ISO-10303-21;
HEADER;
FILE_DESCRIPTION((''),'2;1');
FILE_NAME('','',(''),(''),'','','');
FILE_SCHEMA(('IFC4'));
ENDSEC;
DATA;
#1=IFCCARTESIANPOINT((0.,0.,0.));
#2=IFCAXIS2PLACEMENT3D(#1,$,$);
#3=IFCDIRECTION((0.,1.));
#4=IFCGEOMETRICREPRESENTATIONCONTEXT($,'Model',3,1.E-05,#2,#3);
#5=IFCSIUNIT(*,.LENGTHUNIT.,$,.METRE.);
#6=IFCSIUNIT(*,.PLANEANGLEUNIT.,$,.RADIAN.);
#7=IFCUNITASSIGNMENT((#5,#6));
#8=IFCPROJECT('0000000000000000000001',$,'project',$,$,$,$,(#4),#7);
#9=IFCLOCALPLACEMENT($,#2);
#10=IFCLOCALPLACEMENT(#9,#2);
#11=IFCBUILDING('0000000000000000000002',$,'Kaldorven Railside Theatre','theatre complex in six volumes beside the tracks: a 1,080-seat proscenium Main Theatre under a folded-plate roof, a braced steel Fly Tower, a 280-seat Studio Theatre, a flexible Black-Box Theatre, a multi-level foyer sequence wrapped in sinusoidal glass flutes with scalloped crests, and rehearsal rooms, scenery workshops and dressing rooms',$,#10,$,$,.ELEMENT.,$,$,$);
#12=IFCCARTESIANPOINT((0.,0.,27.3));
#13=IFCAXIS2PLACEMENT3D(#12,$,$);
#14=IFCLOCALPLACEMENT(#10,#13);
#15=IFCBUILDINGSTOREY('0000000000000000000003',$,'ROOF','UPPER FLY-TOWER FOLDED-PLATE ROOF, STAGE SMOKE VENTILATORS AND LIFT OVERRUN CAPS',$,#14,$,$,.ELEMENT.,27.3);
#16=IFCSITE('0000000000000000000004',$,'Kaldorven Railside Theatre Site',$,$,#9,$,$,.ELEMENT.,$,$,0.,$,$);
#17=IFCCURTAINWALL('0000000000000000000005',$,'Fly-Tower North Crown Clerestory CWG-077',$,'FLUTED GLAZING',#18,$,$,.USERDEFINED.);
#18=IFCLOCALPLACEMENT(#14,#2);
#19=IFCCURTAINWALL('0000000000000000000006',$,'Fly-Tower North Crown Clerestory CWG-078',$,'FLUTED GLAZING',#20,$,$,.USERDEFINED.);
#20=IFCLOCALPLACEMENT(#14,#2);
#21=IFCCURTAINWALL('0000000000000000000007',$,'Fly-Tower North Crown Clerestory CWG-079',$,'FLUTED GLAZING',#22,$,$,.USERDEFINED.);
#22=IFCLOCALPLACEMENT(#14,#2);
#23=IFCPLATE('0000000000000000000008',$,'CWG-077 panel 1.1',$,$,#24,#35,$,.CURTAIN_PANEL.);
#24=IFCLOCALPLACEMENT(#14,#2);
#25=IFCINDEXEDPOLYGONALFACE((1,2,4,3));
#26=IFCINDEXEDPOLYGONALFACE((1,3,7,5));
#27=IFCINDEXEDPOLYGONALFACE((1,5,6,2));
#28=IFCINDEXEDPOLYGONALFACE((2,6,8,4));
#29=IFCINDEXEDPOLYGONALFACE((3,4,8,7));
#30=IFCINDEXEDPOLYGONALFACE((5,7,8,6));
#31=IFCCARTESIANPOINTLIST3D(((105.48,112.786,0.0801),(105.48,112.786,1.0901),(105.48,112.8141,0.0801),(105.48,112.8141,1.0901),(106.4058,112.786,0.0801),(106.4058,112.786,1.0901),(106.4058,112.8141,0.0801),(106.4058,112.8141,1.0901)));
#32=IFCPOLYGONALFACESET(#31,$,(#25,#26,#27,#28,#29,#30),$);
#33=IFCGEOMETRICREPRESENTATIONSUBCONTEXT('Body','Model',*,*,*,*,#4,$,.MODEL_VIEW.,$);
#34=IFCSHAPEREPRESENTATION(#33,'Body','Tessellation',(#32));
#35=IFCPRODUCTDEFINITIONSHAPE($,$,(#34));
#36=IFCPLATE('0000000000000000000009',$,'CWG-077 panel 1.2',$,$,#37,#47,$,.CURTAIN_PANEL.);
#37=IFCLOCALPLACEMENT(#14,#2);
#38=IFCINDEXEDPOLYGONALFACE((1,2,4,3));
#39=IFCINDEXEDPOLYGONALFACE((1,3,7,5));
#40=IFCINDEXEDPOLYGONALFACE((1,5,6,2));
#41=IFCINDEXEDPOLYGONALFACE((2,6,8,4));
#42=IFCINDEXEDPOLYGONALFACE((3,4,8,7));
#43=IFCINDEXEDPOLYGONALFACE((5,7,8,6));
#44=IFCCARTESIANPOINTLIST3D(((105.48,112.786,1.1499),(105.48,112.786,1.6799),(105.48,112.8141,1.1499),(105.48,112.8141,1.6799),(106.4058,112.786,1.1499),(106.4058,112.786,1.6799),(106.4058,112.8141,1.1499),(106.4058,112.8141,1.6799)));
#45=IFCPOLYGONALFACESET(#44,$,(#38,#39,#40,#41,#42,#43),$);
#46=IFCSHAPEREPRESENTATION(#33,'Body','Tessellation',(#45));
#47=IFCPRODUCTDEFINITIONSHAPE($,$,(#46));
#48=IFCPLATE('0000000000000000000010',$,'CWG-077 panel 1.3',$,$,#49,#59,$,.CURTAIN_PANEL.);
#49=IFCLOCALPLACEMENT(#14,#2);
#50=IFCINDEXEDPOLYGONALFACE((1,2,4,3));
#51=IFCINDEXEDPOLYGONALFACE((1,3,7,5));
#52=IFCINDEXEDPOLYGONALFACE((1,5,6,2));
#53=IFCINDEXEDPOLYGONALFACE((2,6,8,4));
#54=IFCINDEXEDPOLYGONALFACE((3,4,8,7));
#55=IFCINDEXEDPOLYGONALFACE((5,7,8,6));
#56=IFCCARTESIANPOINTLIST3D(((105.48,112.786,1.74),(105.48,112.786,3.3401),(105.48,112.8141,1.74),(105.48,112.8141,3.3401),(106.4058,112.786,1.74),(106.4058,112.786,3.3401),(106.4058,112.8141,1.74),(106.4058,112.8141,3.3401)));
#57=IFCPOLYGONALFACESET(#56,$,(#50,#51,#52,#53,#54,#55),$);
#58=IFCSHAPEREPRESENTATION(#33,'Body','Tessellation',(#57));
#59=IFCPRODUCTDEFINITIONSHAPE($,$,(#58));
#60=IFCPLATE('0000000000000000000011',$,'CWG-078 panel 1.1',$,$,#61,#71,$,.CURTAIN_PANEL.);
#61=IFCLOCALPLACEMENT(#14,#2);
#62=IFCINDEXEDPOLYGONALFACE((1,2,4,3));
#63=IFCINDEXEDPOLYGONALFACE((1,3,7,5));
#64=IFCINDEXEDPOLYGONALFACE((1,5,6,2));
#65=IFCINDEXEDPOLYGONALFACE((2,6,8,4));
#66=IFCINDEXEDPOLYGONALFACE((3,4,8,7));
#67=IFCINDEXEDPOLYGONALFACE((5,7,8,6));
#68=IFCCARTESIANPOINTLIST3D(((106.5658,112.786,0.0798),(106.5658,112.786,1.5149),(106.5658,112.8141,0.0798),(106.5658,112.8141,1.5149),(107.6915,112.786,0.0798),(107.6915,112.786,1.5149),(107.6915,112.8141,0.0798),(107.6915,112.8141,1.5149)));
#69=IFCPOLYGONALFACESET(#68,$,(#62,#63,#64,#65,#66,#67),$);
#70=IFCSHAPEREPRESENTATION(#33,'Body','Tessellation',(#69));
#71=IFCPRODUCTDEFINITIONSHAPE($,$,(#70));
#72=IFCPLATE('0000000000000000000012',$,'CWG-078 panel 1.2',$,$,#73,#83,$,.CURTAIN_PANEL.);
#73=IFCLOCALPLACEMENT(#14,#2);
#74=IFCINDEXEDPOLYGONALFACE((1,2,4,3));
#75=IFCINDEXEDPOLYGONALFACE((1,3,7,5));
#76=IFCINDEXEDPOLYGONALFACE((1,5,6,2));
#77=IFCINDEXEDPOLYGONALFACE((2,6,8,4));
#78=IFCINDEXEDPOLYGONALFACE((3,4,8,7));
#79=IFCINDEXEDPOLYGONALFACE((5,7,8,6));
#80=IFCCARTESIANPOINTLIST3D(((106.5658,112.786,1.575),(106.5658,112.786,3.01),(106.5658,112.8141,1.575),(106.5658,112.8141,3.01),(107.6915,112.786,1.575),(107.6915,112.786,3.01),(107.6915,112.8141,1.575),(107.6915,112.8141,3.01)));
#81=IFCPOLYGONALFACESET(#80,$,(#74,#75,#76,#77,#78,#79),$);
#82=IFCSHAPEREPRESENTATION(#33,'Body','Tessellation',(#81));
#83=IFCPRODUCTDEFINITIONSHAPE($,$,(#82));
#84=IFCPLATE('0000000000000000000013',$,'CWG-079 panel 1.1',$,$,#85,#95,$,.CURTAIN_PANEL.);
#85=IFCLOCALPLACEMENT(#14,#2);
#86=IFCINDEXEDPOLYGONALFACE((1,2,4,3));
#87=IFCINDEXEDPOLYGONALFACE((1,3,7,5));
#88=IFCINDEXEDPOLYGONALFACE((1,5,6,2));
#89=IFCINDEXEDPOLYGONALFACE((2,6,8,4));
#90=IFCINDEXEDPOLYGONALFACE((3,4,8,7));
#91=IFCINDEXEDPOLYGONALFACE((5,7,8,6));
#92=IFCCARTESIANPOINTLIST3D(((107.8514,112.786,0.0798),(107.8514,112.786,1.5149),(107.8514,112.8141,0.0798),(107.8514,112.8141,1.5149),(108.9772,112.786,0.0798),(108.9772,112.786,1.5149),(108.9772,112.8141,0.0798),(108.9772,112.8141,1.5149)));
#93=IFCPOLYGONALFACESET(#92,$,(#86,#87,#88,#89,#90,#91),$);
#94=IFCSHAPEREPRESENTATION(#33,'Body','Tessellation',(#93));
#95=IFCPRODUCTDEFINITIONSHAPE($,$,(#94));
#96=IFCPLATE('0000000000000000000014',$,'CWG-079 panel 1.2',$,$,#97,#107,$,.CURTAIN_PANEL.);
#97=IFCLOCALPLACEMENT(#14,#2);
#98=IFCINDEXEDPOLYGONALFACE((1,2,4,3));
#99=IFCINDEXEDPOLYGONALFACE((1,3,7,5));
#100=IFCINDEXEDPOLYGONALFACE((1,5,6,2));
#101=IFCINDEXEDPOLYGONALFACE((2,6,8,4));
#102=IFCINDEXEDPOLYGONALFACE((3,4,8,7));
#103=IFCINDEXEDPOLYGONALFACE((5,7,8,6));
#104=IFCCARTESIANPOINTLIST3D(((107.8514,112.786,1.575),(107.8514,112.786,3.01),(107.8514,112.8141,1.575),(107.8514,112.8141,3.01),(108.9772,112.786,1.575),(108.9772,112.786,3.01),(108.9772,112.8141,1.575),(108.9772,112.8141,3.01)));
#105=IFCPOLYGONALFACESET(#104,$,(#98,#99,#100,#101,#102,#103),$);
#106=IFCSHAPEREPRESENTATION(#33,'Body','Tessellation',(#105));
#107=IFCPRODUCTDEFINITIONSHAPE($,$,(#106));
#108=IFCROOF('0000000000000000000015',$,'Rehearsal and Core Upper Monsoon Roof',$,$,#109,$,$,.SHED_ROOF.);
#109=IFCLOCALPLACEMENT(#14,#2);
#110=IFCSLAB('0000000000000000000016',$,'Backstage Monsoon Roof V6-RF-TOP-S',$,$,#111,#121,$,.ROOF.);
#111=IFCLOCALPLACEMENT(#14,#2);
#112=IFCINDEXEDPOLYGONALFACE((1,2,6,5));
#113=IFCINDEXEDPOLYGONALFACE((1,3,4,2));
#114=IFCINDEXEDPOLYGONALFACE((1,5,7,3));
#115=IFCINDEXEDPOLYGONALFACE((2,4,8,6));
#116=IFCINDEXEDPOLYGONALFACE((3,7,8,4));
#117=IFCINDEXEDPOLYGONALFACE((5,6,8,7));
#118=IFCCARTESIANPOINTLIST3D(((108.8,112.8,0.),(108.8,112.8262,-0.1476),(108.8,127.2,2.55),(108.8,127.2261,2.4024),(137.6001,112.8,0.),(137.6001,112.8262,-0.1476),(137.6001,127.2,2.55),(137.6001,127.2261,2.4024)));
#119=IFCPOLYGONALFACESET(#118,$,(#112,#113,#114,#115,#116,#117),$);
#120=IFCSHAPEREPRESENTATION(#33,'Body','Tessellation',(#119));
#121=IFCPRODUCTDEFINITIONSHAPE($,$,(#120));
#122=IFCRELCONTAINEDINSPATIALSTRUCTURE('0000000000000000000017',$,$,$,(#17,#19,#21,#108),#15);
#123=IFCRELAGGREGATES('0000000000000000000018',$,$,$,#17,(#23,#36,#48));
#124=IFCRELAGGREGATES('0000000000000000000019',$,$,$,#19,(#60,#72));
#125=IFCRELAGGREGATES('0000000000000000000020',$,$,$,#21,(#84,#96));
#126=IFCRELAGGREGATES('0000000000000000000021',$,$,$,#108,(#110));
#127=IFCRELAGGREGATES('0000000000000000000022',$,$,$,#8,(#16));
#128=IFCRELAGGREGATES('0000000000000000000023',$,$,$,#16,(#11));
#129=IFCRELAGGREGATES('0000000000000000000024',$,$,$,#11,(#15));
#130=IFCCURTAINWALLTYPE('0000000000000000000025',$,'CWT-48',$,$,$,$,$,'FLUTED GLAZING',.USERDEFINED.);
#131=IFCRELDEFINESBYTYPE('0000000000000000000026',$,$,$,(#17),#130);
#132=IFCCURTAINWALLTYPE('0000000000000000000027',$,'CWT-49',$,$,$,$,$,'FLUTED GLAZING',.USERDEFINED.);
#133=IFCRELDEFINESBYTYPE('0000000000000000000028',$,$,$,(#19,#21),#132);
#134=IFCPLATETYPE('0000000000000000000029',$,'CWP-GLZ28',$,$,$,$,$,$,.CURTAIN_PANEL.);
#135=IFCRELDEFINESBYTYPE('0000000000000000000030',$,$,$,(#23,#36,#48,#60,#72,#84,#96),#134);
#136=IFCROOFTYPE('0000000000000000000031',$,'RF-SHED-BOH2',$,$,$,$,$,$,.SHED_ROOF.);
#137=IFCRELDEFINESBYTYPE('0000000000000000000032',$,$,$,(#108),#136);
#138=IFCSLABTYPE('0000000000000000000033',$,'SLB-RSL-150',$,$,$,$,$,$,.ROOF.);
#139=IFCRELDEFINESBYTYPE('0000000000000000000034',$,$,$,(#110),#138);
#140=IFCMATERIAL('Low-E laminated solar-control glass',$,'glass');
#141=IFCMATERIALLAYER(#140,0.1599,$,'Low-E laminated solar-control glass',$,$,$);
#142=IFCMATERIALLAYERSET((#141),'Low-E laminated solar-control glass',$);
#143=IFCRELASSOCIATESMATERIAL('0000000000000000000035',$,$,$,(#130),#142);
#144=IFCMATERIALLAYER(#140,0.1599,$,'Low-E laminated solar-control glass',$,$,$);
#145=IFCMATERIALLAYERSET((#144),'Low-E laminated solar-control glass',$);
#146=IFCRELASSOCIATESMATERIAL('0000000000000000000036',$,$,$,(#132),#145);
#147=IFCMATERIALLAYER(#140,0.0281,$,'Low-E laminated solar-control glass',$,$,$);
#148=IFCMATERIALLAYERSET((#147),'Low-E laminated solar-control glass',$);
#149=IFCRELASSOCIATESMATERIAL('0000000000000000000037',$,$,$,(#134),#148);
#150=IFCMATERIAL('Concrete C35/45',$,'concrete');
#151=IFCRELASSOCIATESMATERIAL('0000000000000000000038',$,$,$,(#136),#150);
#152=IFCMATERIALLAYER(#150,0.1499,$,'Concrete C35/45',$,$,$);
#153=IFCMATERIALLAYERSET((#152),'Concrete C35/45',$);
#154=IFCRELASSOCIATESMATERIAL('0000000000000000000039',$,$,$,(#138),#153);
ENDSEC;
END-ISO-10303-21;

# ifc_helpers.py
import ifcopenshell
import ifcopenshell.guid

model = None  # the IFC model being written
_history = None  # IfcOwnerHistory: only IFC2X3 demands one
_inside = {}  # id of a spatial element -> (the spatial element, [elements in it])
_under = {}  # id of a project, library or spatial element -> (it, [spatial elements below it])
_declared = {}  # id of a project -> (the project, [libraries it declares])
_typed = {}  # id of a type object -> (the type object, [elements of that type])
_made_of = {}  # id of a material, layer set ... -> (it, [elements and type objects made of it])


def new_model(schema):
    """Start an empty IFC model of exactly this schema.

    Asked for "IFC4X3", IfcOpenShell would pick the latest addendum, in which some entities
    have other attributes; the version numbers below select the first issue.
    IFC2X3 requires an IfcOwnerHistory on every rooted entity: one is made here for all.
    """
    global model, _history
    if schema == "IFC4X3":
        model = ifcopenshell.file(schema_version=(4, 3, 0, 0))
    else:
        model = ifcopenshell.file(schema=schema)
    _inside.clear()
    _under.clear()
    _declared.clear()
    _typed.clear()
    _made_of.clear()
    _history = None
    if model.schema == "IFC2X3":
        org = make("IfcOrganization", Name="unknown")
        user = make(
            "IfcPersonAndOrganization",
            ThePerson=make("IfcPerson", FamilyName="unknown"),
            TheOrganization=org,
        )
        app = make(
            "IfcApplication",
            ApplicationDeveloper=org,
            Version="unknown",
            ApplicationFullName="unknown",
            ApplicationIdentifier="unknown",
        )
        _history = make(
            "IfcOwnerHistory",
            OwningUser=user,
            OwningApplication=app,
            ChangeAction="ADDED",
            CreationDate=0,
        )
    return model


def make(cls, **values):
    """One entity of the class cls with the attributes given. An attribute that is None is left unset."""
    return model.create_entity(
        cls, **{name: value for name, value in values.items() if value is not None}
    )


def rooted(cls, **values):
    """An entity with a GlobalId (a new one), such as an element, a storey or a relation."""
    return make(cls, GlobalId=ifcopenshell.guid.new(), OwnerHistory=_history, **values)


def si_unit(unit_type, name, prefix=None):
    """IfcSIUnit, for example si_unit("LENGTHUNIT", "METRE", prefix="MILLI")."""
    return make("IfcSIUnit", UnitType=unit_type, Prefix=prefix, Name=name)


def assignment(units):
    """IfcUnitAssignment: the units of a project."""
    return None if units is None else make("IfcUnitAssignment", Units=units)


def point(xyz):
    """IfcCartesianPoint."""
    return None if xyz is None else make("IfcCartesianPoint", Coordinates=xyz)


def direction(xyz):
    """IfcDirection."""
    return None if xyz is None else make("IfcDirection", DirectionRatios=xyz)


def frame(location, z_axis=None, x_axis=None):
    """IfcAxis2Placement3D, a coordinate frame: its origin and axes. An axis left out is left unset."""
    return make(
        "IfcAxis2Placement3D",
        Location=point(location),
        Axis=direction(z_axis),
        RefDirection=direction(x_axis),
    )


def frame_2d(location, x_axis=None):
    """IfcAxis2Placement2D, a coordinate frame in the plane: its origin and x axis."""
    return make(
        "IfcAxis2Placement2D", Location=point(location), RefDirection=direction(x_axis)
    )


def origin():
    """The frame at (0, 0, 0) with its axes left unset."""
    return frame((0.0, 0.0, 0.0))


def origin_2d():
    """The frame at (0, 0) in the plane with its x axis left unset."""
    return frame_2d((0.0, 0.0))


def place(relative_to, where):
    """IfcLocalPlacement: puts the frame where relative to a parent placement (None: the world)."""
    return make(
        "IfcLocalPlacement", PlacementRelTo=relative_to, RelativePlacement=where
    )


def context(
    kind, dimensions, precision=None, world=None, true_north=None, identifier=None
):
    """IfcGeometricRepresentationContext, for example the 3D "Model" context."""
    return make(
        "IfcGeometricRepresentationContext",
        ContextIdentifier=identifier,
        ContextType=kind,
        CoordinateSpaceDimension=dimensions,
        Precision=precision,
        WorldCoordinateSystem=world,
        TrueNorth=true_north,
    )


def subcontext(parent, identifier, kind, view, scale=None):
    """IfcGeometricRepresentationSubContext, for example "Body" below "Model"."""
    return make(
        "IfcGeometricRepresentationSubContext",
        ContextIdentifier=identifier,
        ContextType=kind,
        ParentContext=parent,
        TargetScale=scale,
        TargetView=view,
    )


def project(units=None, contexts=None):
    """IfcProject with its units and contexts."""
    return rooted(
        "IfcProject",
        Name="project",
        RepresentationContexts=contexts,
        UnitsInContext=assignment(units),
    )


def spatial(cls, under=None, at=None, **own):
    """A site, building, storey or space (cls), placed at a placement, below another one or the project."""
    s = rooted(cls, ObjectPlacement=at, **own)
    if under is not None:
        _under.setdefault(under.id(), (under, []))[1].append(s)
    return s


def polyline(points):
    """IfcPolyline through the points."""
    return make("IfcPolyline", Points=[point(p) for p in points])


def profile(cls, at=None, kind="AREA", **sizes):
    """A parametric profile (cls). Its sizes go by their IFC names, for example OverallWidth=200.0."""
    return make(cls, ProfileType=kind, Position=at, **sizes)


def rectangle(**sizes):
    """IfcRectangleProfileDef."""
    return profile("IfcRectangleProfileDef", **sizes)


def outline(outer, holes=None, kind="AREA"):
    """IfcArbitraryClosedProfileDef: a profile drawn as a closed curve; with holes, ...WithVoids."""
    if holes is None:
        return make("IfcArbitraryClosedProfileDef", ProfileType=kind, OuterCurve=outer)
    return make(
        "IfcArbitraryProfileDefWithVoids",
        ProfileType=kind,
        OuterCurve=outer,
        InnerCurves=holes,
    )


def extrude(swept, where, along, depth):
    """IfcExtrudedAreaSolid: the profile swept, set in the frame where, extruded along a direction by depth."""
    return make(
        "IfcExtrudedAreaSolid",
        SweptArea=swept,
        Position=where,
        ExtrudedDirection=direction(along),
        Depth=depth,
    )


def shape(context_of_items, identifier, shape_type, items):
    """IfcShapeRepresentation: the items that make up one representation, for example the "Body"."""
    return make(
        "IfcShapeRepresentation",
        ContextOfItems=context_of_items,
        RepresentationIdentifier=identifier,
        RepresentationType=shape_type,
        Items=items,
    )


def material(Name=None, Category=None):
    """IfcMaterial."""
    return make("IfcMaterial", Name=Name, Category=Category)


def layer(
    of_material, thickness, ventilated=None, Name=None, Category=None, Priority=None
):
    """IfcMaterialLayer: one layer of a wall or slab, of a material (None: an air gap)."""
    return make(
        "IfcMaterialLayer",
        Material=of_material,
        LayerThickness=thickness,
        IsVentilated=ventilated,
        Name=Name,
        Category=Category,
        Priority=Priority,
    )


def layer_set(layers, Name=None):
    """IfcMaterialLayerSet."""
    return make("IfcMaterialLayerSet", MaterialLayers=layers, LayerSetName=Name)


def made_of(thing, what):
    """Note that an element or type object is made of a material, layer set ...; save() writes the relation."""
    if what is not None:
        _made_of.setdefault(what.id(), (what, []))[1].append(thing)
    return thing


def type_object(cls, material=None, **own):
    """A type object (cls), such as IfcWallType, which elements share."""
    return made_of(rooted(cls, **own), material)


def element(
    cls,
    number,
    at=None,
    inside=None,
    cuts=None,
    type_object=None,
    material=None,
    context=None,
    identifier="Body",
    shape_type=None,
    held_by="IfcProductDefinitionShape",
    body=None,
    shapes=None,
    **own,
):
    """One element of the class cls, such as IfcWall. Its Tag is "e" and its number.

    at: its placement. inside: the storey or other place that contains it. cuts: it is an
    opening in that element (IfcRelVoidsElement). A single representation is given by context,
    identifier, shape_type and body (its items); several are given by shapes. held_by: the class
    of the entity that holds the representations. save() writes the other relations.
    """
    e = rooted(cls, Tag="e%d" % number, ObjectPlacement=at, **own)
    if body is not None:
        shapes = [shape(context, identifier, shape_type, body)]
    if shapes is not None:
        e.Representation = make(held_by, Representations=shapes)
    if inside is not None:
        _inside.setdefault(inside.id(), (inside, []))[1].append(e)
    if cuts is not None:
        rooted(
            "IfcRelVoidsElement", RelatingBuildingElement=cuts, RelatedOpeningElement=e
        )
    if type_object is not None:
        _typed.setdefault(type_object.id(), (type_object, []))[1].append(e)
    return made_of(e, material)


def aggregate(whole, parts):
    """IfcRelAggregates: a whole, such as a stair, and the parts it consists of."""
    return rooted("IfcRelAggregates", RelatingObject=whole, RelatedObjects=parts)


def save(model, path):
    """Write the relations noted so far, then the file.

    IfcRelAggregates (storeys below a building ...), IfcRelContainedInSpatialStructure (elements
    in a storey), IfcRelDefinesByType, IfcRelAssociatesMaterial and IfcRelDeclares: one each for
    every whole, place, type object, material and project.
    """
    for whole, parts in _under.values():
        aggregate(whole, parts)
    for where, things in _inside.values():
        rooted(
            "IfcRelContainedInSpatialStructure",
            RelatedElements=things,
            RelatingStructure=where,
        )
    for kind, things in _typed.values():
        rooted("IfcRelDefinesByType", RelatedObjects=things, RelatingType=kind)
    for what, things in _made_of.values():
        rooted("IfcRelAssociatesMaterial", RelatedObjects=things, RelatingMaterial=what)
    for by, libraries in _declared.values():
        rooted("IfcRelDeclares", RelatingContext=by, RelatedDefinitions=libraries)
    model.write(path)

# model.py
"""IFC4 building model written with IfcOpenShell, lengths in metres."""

from ifc_helpers import new_model, si_unit, direction, frame, origin, origin_2d, place, context, subcontext, project, spatial, polyline, rectangle, outline, extrude, material, layer, layer_set, type_object, element, aggregate, save


model = new_model("IFC4")

# Units and contexts
model_context = context("Model", 3, precision=1e-05, world=origin(), true_north=direction((0.0, 1.0)))
body_context = subcontext(model_context, "Body", "Model", "MODEL_VIEW")
ifc_project = project(units=[si_unit("LENGTHUNIT", "METRE"), si_unit("PLANEANGLEUNIT", "RADIAN")], contexts=[model_context])

# Site, building, storey
site_placement = place(None, origin())
site = spatial("IfcSite", under=ifc_project, at=site_placement, Name="Kaldorven Railside Theatre Site", CompositionType="ELEMENT", RefElevation=0.0)
building_placement = place(site_placement, origin())
building = spatial("IfcBuilding", under=site, at=building_placement, Name="Kaldorven Railside Theatre", Description="theatre complex in six volumes beside the tracks: a 1,080-seat proscenium Main Theatre under a folded-plate roof, a braced steel Fly Tower, a 280-seat Studio Theatre, a flexible Black-Box Theatre, a multi-level foyer sequence wrapped in sinusoidal glass flutes with scalloped crests, and rehearsal rooms, scenery workshops and dressing rooms", CompositionType="ELEMENT")
storey_placement = place(building_placement, frame((0.0, 0.0, 27.3)))
storey = spatial("IfcBuildingStorey", under=building, at=storey_placement, Name="ROOF", Description="UPPER FLY-TOWER FOLDED-PLATE ROOF, STAGE SMOKE VENTILATORS AND LIFT OVERRUN CAPS", CompositionType="ELEMENT", Elevation=27.3)

# Curtain walls
ifc_material_1 = material(Name="Low-E laminated solar-control glass", Category="glass")
ifc_layer_1 = layer(ifc_material_1, 0.1599, Name="Low-E laminated solar-control glass")
ifc_layer_set_1 = layer_set([ifc_layer_1], Name="Low-E laminated solar-control glass")
curtain_wall_type_1 = type_object("IfcCurtainWallType", Name="CWT-48", ElementType="FLUTED GLAZING", PredefinedType="USERDEFINED", material=ifc_layer_set_1)
curtain_wall_1_placement = place(storey_placement, origin())
curtain_wall_1 = element("IfcCurtainWall", 1, at=curtain_wall_1_placement, inside=storey, type_object=curtain_wall_type_1, Name="Fly-Tower North Crown Clerestory CWG-077", ObjectType="FLUTED GLAZING", PredefinedType="USERDEFINED")
ifc_layer_2 = layer(ifc_material_1, 0.1599, Name="Low-E laminated solar-control glass")
ifc_layer_set_2 = layer_set([ifc_layer_2], Name="Low-E laminated solar-control glass")
curtain_wall_type_2 = type_object("IfcCurtainWallType", Name="CWT-49", ElementType="FLUTED GLAZING", PredefinedType="USERDEFINED", material=ifc_layer_set_2)
curtain_wall_2_placement = place(storey_placement, origin())
curtain_wall_2 = element("IfcCurtainWall", 2, at=curtain_wall_2_placement, inside=storey, type_object=curtain_wall_type_2, Name="Fly-Tower North Crown Clerestory CWG-078", ObjectType="FLUTED GLAZING", PredefinedType="USERDEFINED")
curtain_wall_3_placement = place(storey_placement, origin())
curtain_wall_3 = element("IfcCurtainWall", 3, at=curtain_wall_3_placement, inside=storey, type_object=curtain_wall_type_2, Name="Fly-Tower North Crown Clerestory CWG-079", ObjectType="FLUTED GLAZING", PredefinedType="USERDEFINED")

# Plates
ifc_layer_3 = layer(ifc_material_1, 0.0281, Name="Low-E laminated solar-control glass")
ifc_layer_set_3 = layer_set([ifc_layer_3], Name="Low-E laminated solar-control glass")
plate_type = type_object("IfcPlateType", Name="CWP-GLZ28", PredefinedType="CURTAIN_PANEL", material=ifc_layer_set_3)
plate_1_placement = place(storey_placement, frame((105.9429, 112.8, 0.0801), z_axis=(0.0, 0.0, 1.0), x_axis=(1.0, 0.0, 0.0)))
plate_1 = element("IfcPlate", 4, at=plate_1_placement, type_object=plate_type, Name="CWG-077 panel 1.1", PredefinedType="CURTAIN_PANEL", context=body_context, shape_type="SweptSolid", body=[
    extrude(rectangle(XDim=0.9258, YDim=0.0281, at=origin_2d()), origin(), (0.0, 0.0, 1.0), 1.01),
])
plate_2_placement = place(storey_placement, frame((105.9429, 112.8, 1.1499), z_axis=(0.0, 0.0, 1.0), x_axis=(1.0, 0.0, 0.0)))
plate_2 = element("IfcPlate", 5, at=plate_2_placement, type_object=plate_type, Name="CWG-077 panel 1.2", PredefinedType="CURTAIN_PANEL", context=body_context, shape_type="SweptSolid", body=[
    extrude(rectangle(XDim=0.9258, YDim=0.0281, at=origin_2d()), origin(), (0.0, 0.0, 1.0), 0.53),
])
plate_3_placement = place(storey_placement, frame((105.9429, 112.8, 1.74), z_axis=(0.0, 0.0, 1.0), x_axis=(1.0, 0.0, 0.0)))
plate_3 = element("IfcPlate", 6, at=plate_3_placement, type_object=plate_type, Name="CWG-077 panel 1.3", PredefinedType="CURTAIN_PANEL", context=body_context, shape_type="SweptSolid", body=[
    extrude(rectangle(XDim=0.9258, YDim=0.0281, at=origin_2d()), origin(), (0.0, 0.0, 1.0), 1.6001),
])
aggregate(curtain_wall_1, [plate_1, plate_2, plate_3])
plate_4_placement = place(storey_placement, frame((107.1287, 112.8, 0.0798), z_axis=(0.0, 0.0, 1.0), x_axis=(1.0, 0.0, 0.0)))
plate_4 = element("IfcPlate", 7, at=plate_4_placement, type_object=plate_type, Name="CWG-078 panel 1.1", PredefinedType="CURTAIN_PANEL", context=body_context, shape_type="SweptSolid", body=[
    extrude(rectangle(XDim=1.1257, YDim=0.0281, at=origin_2d()), origin(), (0.0, 0.0, 1.0), 1.4351),
])
plate_5_placement = place(storey_placement, frame((107.1287, 112.8, 1.575), z_axis=(0.0, 0.0, 1.0), x_axis=(1.0, 0.0, 0.0)))
plate_5 = element("IfcPlate", 8, at=plate_5_placement, type_object=plate_type, Name="CWG-078 panel 1.2", PredefinedType="CURTAIN_PANEL", context=body_context, shape_type="SweptSolid", body=[
    extrude(rectangle(XDim=1.1257, YDim=0.0281, at=origin_2d()), origin(), (0.0, 0.0, 1.0), 1.4351),
])
aggregate(curtain_wall_2, [plate_4, plate_5])
plate_6_placement = place(storey_placement, frame((108.4143, 112.8, 0.0798), z_axis=(0.0, 0.0, 1.0), x_axis=(1.0, 0.0, 0.0)))
plate_6 = element("IfcPlate", 9, at=plate_6_placement, type_object=plate_type, Name="CWG-079 panel 1.1", PredefinedType="CURTAIN_PANEL", context=body_context, shape_type="SweptSolid", body=[
    extrude(rectangle(XDim=1.1257, YDim=0.0281, at=origin_2d()), origin(), (0.0, 0.0, 1.0), 1.4351),
])
plate_7_placement = place(storey_placement, frame((108.4143, 112.8, 1.575), z_axis=(0.0, 0.0, 1.0), x_axis=(1.0, 0.0, 0.0)))
plate_7 = element("IfcPlate", 10, at=plate_7_placement, type_object=plate_type, Name="CWG-079 panel 1.2", PredefinedType="CURTAIN_PANEL", context=body_context, shape_type="SweptSolid", body=[
    extrude(rectangle(XDim=1.1257, YDim=0.0281, at=origin_2d()), origin(), (0.0, 0.0, 1.0), 1.4351),
])
aggregate(curtain_wall_3, [plate_6, plate_7])

# Roof, slab
ifc_material_2 = material(Name="Concrete C35/45", Category="concrete")
roof_type = type_object("IfcRoofType", Name="RF-SHED-BOH2", PredefinedType="SHED_ROOF", material=ifc_material_2)
roof_placement = place(storey_placement, origin())
roof = element("IfcRoof", 11, at=roof_placement, inside=storey, type_object=roof_type, Name="Rehearsal and Core Upper Monsoon Roof", PredefinedType="SHED_ROOF")
ifc_layer_4 = layer(ifc_material_2, 0.1499, Name="Concrete C35/45")
ifc_layer_set_4 = layer_set([ifc_layer_4], Name="Concrete C35/45")
slab_type = type_object("IfcSlabType", Name="SLB-RSL-150", PredefinedType="ROOF", material=ifc_layer_set_4)
slab_placement = place(storey_placement, frame((108.8, 112.8, 0.0), z_axis=(0.0, -0.174375, 0.984679), x_axis=(1.0, 0.0, 0.0)))
slab = element("IfcSlab", 12, at=slab_placement, type_object=slab_type, Name="Backstage Monsoon Roof V6-RF-TOP-S", PredefinedType="ROOF", context=body_context, shape_type="SweptSolid", body=[
    extrude(outline(polyline([(0.0, 0.0), (28.8, 0.0), (28.8, 14.624), (0.0, 14.624), (0.0, 0.0)])), origin(), (0.0, 0.0, -1.0), 0.1499),
])
aggregate(roof, [slab])

save(model, "model.ifc")
